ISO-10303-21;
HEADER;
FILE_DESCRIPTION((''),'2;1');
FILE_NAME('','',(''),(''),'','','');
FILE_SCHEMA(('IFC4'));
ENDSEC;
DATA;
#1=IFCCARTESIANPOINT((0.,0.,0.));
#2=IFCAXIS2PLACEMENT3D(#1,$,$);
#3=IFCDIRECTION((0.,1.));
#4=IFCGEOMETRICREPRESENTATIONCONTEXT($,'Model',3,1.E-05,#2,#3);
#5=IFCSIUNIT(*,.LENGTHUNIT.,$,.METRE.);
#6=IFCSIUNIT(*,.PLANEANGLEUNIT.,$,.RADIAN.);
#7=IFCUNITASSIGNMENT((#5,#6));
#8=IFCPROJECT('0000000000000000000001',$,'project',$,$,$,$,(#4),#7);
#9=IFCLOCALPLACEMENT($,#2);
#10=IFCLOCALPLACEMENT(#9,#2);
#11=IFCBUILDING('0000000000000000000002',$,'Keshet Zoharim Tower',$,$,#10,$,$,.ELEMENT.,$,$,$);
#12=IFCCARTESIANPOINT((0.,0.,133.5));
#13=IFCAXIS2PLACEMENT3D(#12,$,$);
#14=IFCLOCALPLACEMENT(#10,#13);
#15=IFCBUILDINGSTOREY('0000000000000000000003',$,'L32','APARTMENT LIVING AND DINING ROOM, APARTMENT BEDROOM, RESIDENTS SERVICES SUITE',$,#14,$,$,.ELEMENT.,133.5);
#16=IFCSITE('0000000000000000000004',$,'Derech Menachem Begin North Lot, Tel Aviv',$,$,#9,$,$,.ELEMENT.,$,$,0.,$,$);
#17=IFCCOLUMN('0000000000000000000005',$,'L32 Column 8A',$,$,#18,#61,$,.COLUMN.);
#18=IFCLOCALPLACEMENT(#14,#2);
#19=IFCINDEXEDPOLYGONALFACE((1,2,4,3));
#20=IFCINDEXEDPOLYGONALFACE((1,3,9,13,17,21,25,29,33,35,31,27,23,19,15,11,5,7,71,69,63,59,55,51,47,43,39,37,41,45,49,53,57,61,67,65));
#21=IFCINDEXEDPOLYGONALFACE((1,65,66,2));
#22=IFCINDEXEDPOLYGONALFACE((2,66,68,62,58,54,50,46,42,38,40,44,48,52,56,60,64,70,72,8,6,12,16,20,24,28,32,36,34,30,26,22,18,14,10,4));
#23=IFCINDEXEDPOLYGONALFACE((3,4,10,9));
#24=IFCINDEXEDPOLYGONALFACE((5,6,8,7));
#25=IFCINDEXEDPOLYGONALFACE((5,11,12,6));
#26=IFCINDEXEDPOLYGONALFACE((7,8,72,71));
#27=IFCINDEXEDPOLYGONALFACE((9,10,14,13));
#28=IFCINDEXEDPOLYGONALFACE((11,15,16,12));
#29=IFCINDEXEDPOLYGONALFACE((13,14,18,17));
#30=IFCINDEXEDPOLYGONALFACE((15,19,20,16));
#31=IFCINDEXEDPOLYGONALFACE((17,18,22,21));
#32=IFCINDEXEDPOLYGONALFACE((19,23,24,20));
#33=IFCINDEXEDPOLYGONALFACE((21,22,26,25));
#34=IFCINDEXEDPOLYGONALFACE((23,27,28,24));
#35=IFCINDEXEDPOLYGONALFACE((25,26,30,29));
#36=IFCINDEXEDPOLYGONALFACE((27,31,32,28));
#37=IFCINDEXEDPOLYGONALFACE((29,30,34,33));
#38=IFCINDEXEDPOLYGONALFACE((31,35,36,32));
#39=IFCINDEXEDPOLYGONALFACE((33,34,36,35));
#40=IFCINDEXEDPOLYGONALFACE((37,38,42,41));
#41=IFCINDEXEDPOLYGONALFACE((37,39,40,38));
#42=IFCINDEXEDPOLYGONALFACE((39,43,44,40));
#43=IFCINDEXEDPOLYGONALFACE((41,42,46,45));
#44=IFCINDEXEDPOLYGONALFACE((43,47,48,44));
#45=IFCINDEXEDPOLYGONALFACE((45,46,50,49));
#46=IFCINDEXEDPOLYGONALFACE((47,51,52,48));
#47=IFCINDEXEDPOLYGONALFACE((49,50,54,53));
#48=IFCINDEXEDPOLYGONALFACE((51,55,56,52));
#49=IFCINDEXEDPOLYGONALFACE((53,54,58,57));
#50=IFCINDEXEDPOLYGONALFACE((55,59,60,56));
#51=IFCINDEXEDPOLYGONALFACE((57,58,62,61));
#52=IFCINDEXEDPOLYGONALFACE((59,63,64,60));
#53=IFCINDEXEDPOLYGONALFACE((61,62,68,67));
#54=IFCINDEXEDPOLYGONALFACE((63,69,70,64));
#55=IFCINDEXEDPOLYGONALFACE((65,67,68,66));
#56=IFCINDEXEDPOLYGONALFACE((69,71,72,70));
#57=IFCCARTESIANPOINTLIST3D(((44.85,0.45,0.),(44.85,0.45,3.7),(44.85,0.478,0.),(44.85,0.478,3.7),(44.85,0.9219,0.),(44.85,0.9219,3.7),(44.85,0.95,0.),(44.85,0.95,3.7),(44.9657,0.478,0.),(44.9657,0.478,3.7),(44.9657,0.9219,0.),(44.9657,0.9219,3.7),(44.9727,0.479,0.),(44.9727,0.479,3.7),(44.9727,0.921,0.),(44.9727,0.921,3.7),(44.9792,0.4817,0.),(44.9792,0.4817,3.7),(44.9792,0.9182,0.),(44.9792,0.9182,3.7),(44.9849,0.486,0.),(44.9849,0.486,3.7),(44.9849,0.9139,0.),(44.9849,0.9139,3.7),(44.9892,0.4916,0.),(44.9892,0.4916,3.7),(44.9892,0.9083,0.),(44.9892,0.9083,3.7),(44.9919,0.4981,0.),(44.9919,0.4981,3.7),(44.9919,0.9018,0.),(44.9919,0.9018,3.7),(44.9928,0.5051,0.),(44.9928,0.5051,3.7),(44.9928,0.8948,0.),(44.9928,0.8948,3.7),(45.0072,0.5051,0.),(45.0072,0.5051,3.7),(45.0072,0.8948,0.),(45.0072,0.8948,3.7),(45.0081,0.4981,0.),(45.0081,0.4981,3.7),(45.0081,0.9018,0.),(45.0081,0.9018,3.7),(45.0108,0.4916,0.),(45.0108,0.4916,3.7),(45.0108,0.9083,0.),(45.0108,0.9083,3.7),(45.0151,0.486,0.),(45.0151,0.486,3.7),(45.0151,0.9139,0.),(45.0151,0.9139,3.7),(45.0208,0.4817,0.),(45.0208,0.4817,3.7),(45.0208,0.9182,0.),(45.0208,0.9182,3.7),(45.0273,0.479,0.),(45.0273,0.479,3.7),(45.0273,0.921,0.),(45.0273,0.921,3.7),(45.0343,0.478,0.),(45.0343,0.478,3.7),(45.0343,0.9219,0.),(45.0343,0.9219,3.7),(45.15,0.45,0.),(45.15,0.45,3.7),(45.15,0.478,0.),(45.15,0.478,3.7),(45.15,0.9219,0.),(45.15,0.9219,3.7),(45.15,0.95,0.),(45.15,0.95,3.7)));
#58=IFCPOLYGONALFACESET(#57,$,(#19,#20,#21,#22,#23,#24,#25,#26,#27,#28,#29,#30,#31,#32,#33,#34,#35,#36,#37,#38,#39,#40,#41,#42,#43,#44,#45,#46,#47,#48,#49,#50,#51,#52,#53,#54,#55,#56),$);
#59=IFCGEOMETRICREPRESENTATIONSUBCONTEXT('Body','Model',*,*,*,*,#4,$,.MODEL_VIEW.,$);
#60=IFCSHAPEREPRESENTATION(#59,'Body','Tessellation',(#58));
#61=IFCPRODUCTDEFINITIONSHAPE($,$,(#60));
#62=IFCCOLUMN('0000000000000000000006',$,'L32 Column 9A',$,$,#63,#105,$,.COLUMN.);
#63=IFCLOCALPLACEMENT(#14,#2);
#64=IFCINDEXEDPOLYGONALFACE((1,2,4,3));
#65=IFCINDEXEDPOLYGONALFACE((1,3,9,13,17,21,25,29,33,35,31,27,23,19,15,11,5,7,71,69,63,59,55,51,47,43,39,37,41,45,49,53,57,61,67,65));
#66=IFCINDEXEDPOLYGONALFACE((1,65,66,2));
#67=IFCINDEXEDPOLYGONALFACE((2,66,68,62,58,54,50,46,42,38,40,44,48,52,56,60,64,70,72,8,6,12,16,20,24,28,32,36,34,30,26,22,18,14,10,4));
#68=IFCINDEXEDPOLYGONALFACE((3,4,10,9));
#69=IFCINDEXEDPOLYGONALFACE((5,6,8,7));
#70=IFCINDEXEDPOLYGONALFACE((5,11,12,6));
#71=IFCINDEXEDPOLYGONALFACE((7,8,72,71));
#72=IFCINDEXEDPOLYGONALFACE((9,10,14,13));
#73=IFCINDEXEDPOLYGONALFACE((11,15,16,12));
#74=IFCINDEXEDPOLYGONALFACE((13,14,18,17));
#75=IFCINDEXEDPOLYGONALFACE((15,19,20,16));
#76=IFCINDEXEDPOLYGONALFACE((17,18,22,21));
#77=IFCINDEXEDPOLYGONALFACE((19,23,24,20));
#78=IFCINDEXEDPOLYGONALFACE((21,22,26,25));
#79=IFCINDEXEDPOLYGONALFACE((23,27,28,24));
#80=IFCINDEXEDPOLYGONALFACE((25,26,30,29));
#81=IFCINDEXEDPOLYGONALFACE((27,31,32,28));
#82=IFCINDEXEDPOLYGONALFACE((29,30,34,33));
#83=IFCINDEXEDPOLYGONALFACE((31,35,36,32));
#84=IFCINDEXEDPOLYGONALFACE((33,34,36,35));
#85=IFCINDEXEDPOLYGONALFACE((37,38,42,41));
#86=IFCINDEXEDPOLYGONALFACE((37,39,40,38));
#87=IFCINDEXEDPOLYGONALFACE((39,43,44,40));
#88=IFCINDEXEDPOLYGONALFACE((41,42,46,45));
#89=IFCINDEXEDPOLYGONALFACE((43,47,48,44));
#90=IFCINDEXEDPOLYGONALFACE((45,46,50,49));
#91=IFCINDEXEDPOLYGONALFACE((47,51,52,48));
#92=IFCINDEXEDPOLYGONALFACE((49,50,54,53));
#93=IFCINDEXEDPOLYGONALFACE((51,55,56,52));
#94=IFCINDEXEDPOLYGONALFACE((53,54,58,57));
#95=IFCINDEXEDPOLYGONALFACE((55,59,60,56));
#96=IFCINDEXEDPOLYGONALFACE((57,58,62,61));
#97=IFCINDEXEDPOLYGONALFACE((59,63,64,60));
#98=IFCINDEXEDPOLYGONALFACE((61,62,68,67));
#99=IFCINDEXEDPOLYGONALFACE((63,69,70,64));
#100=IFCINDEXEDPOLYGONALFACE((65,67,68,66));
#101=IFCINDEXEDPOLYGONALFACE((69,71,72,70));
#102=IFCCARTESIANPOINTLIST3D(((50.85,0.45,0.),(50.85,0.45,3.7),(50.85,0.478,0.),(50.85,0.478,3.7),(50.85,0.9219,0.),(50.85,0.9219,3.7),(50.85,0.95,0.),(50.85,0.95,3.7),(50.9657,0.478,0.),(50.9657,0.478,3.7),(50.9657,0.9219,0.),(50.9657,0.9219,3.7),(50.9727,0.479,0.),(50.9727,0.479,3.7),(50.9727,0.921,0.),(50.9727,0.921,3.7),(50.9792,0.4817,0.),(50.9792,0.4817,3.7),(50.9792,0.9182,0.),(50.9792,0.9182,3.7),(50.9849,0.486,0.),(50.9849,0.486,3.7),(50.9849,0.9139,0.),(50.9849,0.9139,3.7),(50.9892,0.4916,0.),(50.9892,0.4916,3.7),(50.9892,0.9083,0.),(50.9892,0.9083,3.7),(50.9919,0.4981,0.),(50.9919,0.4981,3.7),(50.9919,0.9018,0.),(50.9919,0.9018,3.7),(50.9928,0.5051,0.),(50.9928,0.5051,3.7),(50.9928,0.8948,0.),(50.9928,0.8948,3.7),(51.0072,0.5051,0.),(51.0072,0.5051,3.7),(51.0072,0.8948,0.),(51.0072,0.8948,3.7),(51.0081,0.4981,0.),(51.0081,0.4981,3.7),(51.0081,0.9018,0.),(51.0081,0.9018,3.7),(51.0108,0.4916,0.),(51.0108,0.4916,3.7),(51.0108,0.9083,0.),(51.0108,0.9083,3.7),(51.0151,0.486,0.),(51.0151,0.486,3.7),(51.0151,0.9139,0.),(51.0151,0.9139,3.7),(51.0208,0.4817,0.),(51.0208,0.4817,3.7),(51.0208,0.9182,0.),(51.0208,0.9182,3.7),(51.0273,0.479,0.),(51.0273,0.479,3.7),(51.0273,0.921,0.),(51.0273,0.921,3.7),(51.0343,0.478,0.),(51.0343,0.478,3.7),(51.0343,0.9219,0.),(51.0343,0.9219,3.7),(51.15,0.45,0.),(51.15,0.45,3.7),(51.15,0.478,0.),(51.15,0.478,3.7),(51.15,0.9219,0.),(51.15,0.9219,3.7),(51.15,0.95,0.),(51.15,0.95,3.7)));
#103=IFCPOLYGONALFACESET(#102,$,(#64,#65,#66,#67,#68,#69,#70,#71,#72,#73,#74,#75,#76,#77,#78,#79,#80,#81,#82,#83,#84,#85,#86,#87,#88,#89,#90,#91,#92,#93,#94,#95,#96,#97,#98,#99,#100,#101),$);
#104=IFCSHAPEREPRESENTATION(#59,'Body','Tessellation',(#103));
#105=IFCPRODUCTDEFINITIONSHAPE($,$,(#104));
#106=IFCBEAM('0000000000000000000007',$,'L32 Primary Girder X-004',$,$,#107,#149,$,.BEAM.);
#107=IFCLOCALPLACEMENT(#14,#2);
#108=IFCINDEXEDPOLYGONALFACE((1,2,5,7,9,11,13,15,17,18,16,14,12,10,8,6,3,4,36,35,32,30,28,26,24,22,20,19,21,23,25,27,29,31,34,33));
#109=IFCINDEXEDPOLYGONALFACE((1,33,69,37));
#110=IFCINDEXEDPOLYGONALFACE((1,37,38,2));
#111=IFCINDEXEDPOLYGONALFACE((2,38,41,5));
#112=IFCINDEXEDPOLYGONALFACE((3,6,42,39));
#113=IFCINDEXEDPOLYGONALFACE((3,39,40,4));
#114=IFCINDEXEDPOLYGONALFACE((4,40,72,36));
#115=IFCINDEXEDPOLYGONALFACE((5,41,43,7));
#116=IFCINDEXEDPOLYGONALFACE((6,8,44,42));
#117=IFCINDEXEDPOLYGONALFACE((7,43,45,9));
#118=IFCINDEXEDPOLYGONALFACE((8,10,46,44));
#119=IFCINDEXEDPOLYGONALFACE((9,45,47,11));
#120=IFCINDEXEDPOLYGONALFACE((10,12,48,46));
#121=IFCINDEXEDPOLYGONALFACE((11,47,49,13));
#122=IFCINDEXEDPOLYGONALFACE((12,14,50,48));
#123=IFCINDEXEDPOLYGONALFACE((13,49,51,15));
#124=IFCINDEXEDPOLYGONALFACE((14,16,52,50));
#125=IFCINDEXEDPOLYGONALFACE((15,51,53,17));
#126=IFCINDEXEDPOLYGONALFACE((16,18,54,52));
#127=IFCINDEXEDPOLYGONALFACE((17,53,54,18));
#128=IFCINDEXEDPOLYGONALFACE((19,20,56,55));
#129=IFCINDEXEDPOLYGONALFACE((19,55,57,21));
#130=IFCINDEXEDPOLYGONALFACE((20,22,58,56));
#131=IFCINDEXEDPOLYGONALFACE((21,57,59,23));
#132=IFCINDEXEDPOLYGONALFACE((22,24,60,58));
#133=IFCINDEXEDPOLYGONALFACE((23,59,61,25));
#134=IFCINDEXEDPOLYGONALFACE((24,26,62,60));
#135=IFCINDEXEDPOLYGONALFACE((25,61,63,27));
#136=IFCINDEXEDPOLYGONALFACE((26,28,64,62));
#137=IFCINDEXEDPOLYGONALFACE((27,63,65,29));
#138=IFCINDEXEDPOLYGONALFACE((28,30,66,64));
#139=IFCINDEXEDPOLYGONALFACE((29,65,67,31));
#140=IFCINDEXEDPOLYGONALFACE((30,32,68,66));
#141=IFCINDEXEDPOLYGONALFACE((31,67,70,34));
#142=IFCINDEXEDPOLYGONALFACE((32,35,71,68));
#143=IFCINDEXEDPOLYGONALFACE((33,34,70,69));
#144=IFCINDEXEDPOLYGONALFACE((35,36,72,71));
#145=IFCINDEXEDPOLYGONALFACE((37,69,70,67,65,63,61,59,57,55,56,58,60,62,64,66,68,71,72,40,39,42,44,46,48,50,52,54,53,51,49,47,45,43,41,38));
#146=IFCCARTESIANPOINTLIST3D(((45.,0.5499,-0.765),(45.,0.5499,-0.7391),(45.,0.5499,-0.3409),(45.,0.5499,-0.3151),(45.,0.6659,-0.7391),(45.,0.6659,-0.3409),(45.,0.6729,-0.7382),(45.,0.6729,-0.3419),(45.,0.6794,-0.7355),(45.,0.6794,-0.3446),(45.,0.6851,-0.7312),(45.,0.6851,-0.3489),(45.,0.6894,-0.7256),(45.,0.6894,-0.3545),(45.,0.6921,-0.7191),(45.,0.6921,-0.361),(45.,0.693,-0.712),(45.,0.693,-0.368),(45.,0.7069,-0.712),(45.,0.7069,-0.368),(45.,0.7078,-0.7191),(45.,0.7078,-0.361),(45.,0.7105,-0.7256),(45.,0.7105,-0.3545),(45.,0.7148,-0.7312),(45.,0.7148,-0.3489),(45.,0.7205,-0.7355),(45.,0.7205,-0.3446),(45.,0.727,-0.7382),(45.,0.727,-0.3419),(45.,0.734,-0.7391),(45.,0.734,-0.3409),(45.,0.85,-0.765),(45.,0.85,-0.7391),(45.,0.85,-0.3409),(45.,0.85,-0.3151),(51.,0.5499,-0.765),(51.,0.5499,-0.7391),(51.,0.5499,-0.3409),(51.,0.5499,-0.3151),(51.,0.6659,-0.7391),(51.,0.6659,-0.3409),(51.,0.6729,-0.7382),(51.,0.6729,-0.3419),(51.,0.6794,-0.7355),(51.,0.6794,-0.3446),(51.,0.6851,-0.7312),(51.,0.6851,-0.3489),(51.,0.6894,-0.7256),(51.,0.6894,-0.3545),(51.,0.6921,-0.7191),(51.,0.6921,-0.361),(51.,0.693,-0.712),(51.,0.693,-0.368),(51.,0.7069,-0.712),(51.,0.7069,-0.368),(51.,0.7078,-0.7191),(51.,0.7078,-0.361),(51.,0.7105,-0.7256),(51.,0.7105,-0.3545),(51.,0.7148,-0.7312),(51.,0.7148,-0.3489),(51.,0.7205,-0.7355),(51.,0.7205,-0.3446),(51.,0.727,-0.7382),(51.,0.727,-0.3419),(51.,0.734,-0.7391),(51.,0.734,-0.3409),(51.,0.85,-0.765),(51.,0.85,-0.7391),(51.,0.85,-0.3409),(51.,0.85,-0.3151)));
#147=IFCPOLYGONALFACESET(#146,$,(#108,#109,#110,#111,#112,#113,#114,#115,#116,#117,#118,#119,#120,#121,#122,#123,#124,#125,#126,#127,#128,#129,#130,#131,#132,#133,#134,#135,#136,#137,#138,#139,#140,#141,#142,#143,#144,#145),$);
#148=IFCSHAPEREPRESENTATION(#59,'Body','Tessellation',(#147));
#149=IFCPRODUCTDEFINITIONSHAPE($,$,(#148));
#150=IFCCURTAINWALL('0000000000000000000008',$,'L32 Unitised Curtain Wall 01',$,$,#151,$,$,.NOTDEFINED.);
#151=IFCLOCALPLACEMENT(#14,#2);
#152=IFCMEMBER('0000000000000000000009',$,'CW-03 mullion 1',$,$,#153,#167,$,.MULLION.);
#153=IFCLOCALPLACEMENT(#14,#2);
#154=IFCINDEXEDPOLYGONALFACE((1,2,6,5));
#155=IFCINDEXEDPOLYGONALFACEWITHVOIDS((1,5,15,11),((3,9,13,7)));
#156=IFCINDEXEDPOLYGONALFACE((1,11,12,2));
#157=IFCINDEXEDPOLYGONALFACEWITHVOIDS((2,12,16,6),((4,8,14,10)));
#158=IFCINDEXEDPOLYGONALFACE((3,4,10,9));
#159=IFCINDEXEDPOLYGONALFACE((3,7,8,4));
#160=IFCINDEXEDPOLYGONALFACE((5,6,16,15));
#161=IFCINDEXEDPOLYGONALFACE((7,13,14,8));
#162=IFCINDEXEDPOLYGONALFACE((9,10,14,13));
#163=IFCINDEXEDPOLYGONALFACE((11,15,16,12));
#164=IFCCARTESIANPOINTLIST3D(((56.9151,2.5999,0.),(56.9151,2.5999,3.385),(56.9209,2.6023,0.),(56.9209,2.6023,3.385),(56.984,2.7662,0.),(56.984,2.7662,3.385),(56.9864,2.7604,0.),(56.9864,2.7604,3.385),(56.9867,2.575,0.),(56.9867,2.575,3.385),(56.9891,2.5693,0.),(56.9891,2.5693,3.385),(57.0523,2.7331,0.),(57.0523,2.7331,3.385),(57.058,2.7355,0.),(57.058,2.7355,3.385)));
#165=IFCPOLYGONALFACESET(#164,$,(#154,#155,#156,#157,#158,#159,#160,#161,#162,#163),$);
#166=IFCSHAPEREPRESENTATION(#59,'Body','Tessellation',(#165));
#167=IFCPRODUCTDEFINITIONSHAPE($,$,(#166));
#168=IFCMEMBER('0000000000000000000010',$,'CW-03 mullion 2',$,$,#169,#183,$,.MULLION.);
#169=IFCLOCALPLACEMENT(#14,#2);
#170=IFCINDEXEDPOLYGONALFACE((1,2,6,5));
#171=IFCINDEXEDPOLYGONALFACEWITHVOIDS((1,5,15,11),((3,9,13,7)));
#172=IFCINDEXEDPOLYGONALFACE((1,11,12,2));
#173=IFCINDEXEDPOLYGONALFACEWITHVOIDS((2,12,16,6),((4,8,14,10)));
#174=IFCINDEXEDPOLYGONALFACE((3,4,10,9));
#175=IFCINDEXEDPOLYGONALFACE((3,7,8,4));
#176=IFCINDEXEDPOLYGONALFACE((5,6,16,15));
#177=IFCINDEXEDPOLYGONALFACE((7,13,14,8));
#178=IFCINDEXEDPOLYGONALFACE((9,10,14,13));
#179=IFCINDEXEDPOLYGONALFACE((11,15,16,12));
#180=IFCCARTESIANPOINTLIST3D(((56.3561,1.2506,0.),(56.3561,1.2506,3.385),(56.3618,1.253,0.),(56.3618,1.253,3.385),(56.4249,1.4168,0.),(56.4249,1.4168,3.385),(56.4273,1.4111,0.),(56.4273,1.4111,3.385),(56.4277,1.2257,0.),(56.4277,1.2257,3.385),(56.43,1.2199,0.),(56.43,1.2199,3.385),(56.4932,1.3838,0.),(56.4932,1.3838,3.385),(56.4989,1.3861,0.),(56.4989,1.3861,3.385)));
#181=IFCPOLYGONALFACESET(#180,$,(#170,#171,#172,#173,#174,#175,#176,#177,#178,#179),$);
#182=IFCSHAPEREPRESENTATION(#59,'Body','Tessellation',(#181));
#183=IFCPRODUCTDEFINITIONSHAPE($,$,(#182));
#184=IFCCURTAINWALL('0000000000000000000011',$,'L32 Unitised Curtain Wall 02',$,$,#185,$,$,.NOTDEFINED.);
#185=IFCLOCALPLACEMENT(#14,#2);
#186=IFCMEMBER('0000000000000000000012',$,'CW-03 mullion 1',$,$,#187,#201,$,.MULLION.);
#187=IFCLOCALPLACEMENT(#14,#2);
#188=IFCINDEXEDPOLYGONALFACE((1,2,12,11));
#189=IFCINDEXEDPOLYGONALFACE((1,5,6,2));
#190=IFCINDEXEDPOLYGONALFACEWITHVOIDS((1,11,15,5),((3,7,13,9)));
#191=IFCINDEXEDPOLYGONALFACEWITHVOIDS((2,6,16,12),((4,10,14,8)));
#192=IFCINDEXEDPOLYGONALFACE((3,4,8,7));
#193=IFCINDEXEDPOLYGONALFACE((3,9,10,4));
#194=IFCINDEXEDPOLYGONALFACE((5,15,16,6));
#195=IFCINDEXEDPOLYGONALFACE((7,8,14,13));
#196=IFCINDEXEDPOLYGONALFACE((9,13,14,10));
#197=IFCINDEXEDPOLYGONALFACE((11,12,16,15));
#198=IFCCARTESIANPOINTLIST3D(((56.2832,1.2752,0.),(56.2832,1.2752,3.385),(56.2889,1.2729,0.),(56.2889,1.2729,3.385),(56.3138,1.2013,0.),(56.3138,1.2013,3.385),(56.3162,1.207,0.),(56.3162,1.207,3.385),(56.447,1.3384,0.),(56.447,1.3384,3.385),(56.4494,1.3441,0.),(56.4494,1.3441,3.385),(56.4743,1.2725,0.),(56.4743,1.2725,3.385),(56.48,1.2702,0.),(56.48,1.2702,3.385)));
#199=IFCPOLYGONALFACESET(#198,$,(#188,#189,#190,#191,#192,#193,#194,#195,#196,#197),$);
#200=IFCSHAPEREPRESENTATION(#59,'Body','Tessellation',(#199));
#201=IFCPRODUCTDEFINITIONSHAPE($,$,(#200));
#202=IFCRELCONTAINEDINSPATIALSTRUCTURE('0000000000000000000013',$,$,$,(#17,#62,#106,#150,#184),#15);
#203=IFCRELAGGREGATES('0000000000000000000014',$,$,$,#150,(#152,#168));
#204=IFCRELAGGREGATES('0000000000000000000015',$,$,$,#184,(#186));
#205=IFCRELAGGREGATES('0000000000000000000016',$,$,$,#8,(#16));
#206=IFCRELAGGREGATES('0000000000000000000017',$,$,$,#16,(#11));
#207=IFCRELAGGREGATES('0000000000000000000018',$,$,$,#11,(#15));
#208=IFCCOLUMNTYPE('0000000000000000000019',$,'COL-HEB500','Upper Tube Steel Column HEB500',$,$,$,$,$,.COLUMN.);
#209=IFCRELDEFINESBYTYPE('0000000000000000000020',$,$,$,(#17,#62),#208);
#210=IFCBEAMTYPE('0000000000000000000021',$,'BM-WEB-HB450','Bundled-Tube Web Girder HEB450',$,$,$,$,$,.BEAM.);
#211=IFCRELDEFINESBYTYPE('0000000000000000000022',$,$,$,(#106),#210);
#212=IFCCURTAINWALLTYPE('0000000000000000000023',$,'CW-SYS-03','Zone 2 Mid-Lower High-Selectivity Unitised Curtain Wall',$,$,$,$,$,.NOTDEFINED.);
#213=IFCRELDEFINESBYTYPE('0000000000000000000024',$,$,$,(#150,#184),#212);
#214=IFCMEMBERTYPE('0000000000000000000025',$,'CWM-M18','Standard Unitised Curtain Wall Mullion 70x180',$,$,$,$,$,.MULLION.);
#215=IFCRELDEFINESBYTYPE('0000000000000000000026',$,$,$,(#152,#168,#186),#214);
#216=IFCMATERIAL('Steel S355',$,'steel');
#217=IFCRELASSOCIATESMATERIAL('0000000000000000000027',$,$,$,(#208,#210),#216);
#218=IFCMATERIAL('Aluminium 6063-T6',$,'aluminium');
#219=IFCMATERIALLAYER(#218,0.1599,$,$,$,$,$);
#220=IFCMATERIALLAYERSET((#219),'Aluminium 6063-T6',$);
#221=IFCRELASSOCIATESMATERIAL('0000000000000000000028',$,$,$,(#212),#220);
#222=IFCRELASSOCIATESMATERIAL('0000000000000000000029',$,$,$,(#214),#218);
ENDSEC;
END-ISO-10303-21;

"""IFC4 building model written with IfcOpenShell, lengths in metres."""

from ifc_helpers import new_model, si_unit, direction, frame, origin, origin_2d, place, context, subcontext, project, spatial, hollow_rectangle, i_section, extrude, material, layer, layer_set, material_profile, profile_set, type_object, element, aggregate, save


model = new_model("IFC4")

# Units and contexts
model_context = context("Model", 3, precision=1e-05, world=origin(), true_north=direction((0.0, 1.0)))
body_context = subcontext(model_context, "Body", "Model", "MODEL_VIEW")
ifc_project = project(units=[si_unit("LENGTHUNIT", "METRE"), si_unit("PLANEANGLEUNIT", "RADIAN")], contexts=[model_context])

# Site, building, storey
site_placement = place(None, origin())
site = spatial("IfcSite", under=ifc_project, at=site_placement, Name="Derech Menachem Begin North Lot, Tel Aviv", CompositionType="ELEMENT", RefElevation=0.0)
building_placement = place(site_placement, origin())
building = spatial("IfcBuilding", under=site, at=building_placement, Name="Keshet Zoharim Tower", CompositionType="ELEMENT")
storey_placement = place(building_placement, frame((0.0, 0.0, 133.5)))
storey = spatial("IfcBuildingStorey", under=building, at=storey_placement, Name="L32", Description="APARTMENT LIVING AND DINING ROOM, APARTMENT BEDROOM, RESIDENTS SERVICES SUITE", CompositionType="ELEMENT", Elevation=133.5)

# Columns
ifc_material_1 = material(Name="Steel S355", Category="steel")
ifc_material_profile_1 = material_profile(ifc_material_1, i_section(OverallWidth=0.3, OverallDepth=0.5, WebThickness=0.0144, FlangeThickness=0.0281, FilletRadius=0.0271, at=origin_2d()), Name="HEB500")
ifc_profile_set_1 = profile_set([ifc_material_profile_1], Name="Steel S355")
column_type = type_object("IfcColumnType", Name="COL-HEB500", Description="Upper Tube Steel Column HEB500", PredefinedType="COLUMN", material=ifc_profile_set_1)
for number, where, z_axis, x_axis, name in (
    (1, (45.0, 0.7, 0.0), (0.0, 0.0, 1.0), (1.0, 0.0, 0.0), "L32 Column 8A"),
    (2, (51.0, 0.7, 0.0), (0.0, 0.0, 1.0), (1.0, 0.0, 0.0), "L32 Column 9A"),
):
    element("IfcColumn", number, at=place(storey_placement, frame(where, z_axis=z_axis, x_axis=x_axis)), inside=storey, type_object=column_type, Name=name, PredefinedType="COLUMN", context=body_context, shape_type="SweptSolid", body=[
        extrude(i_section(OverallWidth=0.3, OverallDepth=0.5, WebThickness=0.0144, FlangeThickness=0.0281, FilletRadius=0.0271, at=origin_2d()), origin(), (0.0, 0.0, 1.0), 3.7),
    ])

# Beam
ifc_material_profile_2 = material_profile(ifc_material_1, i_section(OverallWidth=0.3, OverallDepth=0.45, WebThickness=0.0139, FlangeThickness=0.0259, FilletRadius=0.0271, at=origin_2d()), Name="HEB450")
ifc_profile_set_2 = profile_set([ifc_material_profile_2], Name="Steel S355")
beam_type = type_object("IfcBeamType", Name="BM-WEB-HB450", Description="Bundled-Tube Web Girder HEB450", PredefinedType="BEAM", material=ifc_profile_set_2)
beam_placement = place(storey_placement, frame((45.0, 0.7, -0.54), z_axis=(1.0, 0.0, 0.0), x_axis=(0.0, 1.0, 0.0)))
element("IfcBeam", 3, at=beam_placement, inside=storey, type_object=beam_type, Name="L32 Primary Girder X-004", PredefinedType="BEAM", context=body_context, shape_type="SweptSolid", body=[
    extrude(i_section(OverallWidth=0.3, OverallDepth=0.45, WebThickness=0.0139, FlangeThickness=0.0259, FilletRadius=0.0271, at=origin_2d()), origin(), (0.0, 0.0, 1.0), 6.0),
])

# Curtain walls, members
ifc_material_2 = material(Name="Aluminium 6063-T6", Category="aluminium")
ifc_layer_1 = layer(ifc_material_2, 0.1599)
ifc_layer_set_1 = layer_set([ifc_layer_1], Name="Aluminium 6063-T6")
curtain_wall_type = type_object("IfcCurtainWallType", Name="CW-SYS-03", Description="Zone 2 Mid-Lower High-Selectivity Unitised Curtain Wall", PredefinedType="NOTDEFINED", material=ifc_layer_set_1)
curtain_wall_1_placement = place(storey_placement, origin())
curtain_wall_1 = element("IfcCurtainWall", 4, at=curtain_wall_1_placement, inside=storey, type_object=curtain_wall_type, Name="L32 Unitised Curtain Wall 01", PredefinedType="NOTDEFINED")
ifc_material_profile_3 = material_profile(ifc_material_2, hollow_rectangle(XDim=0.0801, YDim=0.1799, WallThickness=0.0044, at=origin_2d()), Name="MUL-80x180")
ifc_profile_set_3 = profile_set([ifc_material_profile_3], Name="Aluminium 6063-T6")
member_type_1 = type_object("IfcMemberType", Name="CWM-M18", Description="Standard Unitised Curtain Wall Mullion 70x180", PredefinedType="MULLION", material=ifc_profile_set_3)
member_1_placement = place(storey_placement, frame((56.9866, 2.6677, 0.0), z_axis=(0.0, 0.0, 1.0), x_axis=(0.92381, -0.382852, 0.0)))
member_1 = element("IfcMember", 5, at=member_1_placement, type_object=member_type_1, Name="CW-03 mullion 1", PredefinedType="MULLION", context=body_context, shape_type="SweptSolid", body=[
    extrude(hollow_rectangle(XDim=0.0801, YDim=0.1799, WallThickness=0.0044, at=origin_2d()), origin(), (0.0, 0.0, 1.0), 3.385),
])
member_2_placement = place(storey_placement, frame((56.4275, 1.3184, 0.0), z_axis=(0.0, 0.0, 1.0), x_axis=(0.92381, -0.382852, 0.0)))
member_2 = element("IfcMember", 6, at=member_2_placement, type_object=member_type_1, Name="CW-03 mullion 2", PredefinedType="MULLION", context=body_context, shape_type="SweptSolid", body=[
    extrude(hollow_rectangle(XDim=0.0801, YDim=0.1799, WallThickness=0.0044, at=origin_2d()), origin(), (0.0, 0.0, 1.0), 3.385),
])
curtain_wall_2_placement = place(storey_placement, origin())
curtain_wall_2 = element("IfcCurtainWall", 7, at=curtain_wall_2_placement, inside=storey, type_object=curtain_wall_type, Name="L32 Unitised Curtain Wall 02", PredefinedType="NOTDEFINED")
member_3_placement = place(storey_placement, frame((56.3816, 1.2727, 0.0), z_axis=(0.0, 0.0, 1.0), x_axis=(0.382852, -0.92381, 0.0)))
member_3 = element("IfcMember", 8, at=member_3_placement, type_object=member_type_1, Name="CW-03 mullion 1", PredefinedType="MULLION", context=body_context, shape_type="SweptSolid", body=[
    extrude(hollow_rectangle(XDim=0.0801, YDim=0.1799, WallThickness=0.0044, at=origin_2d()), origin(), (0.0, 0.0, 1.0), 3.385),
])

aggregate(curtain_wall_1, [member_1, member_2])
aggregate(curtain_wall_2, [member_3])

save(model, "model.ifc")
